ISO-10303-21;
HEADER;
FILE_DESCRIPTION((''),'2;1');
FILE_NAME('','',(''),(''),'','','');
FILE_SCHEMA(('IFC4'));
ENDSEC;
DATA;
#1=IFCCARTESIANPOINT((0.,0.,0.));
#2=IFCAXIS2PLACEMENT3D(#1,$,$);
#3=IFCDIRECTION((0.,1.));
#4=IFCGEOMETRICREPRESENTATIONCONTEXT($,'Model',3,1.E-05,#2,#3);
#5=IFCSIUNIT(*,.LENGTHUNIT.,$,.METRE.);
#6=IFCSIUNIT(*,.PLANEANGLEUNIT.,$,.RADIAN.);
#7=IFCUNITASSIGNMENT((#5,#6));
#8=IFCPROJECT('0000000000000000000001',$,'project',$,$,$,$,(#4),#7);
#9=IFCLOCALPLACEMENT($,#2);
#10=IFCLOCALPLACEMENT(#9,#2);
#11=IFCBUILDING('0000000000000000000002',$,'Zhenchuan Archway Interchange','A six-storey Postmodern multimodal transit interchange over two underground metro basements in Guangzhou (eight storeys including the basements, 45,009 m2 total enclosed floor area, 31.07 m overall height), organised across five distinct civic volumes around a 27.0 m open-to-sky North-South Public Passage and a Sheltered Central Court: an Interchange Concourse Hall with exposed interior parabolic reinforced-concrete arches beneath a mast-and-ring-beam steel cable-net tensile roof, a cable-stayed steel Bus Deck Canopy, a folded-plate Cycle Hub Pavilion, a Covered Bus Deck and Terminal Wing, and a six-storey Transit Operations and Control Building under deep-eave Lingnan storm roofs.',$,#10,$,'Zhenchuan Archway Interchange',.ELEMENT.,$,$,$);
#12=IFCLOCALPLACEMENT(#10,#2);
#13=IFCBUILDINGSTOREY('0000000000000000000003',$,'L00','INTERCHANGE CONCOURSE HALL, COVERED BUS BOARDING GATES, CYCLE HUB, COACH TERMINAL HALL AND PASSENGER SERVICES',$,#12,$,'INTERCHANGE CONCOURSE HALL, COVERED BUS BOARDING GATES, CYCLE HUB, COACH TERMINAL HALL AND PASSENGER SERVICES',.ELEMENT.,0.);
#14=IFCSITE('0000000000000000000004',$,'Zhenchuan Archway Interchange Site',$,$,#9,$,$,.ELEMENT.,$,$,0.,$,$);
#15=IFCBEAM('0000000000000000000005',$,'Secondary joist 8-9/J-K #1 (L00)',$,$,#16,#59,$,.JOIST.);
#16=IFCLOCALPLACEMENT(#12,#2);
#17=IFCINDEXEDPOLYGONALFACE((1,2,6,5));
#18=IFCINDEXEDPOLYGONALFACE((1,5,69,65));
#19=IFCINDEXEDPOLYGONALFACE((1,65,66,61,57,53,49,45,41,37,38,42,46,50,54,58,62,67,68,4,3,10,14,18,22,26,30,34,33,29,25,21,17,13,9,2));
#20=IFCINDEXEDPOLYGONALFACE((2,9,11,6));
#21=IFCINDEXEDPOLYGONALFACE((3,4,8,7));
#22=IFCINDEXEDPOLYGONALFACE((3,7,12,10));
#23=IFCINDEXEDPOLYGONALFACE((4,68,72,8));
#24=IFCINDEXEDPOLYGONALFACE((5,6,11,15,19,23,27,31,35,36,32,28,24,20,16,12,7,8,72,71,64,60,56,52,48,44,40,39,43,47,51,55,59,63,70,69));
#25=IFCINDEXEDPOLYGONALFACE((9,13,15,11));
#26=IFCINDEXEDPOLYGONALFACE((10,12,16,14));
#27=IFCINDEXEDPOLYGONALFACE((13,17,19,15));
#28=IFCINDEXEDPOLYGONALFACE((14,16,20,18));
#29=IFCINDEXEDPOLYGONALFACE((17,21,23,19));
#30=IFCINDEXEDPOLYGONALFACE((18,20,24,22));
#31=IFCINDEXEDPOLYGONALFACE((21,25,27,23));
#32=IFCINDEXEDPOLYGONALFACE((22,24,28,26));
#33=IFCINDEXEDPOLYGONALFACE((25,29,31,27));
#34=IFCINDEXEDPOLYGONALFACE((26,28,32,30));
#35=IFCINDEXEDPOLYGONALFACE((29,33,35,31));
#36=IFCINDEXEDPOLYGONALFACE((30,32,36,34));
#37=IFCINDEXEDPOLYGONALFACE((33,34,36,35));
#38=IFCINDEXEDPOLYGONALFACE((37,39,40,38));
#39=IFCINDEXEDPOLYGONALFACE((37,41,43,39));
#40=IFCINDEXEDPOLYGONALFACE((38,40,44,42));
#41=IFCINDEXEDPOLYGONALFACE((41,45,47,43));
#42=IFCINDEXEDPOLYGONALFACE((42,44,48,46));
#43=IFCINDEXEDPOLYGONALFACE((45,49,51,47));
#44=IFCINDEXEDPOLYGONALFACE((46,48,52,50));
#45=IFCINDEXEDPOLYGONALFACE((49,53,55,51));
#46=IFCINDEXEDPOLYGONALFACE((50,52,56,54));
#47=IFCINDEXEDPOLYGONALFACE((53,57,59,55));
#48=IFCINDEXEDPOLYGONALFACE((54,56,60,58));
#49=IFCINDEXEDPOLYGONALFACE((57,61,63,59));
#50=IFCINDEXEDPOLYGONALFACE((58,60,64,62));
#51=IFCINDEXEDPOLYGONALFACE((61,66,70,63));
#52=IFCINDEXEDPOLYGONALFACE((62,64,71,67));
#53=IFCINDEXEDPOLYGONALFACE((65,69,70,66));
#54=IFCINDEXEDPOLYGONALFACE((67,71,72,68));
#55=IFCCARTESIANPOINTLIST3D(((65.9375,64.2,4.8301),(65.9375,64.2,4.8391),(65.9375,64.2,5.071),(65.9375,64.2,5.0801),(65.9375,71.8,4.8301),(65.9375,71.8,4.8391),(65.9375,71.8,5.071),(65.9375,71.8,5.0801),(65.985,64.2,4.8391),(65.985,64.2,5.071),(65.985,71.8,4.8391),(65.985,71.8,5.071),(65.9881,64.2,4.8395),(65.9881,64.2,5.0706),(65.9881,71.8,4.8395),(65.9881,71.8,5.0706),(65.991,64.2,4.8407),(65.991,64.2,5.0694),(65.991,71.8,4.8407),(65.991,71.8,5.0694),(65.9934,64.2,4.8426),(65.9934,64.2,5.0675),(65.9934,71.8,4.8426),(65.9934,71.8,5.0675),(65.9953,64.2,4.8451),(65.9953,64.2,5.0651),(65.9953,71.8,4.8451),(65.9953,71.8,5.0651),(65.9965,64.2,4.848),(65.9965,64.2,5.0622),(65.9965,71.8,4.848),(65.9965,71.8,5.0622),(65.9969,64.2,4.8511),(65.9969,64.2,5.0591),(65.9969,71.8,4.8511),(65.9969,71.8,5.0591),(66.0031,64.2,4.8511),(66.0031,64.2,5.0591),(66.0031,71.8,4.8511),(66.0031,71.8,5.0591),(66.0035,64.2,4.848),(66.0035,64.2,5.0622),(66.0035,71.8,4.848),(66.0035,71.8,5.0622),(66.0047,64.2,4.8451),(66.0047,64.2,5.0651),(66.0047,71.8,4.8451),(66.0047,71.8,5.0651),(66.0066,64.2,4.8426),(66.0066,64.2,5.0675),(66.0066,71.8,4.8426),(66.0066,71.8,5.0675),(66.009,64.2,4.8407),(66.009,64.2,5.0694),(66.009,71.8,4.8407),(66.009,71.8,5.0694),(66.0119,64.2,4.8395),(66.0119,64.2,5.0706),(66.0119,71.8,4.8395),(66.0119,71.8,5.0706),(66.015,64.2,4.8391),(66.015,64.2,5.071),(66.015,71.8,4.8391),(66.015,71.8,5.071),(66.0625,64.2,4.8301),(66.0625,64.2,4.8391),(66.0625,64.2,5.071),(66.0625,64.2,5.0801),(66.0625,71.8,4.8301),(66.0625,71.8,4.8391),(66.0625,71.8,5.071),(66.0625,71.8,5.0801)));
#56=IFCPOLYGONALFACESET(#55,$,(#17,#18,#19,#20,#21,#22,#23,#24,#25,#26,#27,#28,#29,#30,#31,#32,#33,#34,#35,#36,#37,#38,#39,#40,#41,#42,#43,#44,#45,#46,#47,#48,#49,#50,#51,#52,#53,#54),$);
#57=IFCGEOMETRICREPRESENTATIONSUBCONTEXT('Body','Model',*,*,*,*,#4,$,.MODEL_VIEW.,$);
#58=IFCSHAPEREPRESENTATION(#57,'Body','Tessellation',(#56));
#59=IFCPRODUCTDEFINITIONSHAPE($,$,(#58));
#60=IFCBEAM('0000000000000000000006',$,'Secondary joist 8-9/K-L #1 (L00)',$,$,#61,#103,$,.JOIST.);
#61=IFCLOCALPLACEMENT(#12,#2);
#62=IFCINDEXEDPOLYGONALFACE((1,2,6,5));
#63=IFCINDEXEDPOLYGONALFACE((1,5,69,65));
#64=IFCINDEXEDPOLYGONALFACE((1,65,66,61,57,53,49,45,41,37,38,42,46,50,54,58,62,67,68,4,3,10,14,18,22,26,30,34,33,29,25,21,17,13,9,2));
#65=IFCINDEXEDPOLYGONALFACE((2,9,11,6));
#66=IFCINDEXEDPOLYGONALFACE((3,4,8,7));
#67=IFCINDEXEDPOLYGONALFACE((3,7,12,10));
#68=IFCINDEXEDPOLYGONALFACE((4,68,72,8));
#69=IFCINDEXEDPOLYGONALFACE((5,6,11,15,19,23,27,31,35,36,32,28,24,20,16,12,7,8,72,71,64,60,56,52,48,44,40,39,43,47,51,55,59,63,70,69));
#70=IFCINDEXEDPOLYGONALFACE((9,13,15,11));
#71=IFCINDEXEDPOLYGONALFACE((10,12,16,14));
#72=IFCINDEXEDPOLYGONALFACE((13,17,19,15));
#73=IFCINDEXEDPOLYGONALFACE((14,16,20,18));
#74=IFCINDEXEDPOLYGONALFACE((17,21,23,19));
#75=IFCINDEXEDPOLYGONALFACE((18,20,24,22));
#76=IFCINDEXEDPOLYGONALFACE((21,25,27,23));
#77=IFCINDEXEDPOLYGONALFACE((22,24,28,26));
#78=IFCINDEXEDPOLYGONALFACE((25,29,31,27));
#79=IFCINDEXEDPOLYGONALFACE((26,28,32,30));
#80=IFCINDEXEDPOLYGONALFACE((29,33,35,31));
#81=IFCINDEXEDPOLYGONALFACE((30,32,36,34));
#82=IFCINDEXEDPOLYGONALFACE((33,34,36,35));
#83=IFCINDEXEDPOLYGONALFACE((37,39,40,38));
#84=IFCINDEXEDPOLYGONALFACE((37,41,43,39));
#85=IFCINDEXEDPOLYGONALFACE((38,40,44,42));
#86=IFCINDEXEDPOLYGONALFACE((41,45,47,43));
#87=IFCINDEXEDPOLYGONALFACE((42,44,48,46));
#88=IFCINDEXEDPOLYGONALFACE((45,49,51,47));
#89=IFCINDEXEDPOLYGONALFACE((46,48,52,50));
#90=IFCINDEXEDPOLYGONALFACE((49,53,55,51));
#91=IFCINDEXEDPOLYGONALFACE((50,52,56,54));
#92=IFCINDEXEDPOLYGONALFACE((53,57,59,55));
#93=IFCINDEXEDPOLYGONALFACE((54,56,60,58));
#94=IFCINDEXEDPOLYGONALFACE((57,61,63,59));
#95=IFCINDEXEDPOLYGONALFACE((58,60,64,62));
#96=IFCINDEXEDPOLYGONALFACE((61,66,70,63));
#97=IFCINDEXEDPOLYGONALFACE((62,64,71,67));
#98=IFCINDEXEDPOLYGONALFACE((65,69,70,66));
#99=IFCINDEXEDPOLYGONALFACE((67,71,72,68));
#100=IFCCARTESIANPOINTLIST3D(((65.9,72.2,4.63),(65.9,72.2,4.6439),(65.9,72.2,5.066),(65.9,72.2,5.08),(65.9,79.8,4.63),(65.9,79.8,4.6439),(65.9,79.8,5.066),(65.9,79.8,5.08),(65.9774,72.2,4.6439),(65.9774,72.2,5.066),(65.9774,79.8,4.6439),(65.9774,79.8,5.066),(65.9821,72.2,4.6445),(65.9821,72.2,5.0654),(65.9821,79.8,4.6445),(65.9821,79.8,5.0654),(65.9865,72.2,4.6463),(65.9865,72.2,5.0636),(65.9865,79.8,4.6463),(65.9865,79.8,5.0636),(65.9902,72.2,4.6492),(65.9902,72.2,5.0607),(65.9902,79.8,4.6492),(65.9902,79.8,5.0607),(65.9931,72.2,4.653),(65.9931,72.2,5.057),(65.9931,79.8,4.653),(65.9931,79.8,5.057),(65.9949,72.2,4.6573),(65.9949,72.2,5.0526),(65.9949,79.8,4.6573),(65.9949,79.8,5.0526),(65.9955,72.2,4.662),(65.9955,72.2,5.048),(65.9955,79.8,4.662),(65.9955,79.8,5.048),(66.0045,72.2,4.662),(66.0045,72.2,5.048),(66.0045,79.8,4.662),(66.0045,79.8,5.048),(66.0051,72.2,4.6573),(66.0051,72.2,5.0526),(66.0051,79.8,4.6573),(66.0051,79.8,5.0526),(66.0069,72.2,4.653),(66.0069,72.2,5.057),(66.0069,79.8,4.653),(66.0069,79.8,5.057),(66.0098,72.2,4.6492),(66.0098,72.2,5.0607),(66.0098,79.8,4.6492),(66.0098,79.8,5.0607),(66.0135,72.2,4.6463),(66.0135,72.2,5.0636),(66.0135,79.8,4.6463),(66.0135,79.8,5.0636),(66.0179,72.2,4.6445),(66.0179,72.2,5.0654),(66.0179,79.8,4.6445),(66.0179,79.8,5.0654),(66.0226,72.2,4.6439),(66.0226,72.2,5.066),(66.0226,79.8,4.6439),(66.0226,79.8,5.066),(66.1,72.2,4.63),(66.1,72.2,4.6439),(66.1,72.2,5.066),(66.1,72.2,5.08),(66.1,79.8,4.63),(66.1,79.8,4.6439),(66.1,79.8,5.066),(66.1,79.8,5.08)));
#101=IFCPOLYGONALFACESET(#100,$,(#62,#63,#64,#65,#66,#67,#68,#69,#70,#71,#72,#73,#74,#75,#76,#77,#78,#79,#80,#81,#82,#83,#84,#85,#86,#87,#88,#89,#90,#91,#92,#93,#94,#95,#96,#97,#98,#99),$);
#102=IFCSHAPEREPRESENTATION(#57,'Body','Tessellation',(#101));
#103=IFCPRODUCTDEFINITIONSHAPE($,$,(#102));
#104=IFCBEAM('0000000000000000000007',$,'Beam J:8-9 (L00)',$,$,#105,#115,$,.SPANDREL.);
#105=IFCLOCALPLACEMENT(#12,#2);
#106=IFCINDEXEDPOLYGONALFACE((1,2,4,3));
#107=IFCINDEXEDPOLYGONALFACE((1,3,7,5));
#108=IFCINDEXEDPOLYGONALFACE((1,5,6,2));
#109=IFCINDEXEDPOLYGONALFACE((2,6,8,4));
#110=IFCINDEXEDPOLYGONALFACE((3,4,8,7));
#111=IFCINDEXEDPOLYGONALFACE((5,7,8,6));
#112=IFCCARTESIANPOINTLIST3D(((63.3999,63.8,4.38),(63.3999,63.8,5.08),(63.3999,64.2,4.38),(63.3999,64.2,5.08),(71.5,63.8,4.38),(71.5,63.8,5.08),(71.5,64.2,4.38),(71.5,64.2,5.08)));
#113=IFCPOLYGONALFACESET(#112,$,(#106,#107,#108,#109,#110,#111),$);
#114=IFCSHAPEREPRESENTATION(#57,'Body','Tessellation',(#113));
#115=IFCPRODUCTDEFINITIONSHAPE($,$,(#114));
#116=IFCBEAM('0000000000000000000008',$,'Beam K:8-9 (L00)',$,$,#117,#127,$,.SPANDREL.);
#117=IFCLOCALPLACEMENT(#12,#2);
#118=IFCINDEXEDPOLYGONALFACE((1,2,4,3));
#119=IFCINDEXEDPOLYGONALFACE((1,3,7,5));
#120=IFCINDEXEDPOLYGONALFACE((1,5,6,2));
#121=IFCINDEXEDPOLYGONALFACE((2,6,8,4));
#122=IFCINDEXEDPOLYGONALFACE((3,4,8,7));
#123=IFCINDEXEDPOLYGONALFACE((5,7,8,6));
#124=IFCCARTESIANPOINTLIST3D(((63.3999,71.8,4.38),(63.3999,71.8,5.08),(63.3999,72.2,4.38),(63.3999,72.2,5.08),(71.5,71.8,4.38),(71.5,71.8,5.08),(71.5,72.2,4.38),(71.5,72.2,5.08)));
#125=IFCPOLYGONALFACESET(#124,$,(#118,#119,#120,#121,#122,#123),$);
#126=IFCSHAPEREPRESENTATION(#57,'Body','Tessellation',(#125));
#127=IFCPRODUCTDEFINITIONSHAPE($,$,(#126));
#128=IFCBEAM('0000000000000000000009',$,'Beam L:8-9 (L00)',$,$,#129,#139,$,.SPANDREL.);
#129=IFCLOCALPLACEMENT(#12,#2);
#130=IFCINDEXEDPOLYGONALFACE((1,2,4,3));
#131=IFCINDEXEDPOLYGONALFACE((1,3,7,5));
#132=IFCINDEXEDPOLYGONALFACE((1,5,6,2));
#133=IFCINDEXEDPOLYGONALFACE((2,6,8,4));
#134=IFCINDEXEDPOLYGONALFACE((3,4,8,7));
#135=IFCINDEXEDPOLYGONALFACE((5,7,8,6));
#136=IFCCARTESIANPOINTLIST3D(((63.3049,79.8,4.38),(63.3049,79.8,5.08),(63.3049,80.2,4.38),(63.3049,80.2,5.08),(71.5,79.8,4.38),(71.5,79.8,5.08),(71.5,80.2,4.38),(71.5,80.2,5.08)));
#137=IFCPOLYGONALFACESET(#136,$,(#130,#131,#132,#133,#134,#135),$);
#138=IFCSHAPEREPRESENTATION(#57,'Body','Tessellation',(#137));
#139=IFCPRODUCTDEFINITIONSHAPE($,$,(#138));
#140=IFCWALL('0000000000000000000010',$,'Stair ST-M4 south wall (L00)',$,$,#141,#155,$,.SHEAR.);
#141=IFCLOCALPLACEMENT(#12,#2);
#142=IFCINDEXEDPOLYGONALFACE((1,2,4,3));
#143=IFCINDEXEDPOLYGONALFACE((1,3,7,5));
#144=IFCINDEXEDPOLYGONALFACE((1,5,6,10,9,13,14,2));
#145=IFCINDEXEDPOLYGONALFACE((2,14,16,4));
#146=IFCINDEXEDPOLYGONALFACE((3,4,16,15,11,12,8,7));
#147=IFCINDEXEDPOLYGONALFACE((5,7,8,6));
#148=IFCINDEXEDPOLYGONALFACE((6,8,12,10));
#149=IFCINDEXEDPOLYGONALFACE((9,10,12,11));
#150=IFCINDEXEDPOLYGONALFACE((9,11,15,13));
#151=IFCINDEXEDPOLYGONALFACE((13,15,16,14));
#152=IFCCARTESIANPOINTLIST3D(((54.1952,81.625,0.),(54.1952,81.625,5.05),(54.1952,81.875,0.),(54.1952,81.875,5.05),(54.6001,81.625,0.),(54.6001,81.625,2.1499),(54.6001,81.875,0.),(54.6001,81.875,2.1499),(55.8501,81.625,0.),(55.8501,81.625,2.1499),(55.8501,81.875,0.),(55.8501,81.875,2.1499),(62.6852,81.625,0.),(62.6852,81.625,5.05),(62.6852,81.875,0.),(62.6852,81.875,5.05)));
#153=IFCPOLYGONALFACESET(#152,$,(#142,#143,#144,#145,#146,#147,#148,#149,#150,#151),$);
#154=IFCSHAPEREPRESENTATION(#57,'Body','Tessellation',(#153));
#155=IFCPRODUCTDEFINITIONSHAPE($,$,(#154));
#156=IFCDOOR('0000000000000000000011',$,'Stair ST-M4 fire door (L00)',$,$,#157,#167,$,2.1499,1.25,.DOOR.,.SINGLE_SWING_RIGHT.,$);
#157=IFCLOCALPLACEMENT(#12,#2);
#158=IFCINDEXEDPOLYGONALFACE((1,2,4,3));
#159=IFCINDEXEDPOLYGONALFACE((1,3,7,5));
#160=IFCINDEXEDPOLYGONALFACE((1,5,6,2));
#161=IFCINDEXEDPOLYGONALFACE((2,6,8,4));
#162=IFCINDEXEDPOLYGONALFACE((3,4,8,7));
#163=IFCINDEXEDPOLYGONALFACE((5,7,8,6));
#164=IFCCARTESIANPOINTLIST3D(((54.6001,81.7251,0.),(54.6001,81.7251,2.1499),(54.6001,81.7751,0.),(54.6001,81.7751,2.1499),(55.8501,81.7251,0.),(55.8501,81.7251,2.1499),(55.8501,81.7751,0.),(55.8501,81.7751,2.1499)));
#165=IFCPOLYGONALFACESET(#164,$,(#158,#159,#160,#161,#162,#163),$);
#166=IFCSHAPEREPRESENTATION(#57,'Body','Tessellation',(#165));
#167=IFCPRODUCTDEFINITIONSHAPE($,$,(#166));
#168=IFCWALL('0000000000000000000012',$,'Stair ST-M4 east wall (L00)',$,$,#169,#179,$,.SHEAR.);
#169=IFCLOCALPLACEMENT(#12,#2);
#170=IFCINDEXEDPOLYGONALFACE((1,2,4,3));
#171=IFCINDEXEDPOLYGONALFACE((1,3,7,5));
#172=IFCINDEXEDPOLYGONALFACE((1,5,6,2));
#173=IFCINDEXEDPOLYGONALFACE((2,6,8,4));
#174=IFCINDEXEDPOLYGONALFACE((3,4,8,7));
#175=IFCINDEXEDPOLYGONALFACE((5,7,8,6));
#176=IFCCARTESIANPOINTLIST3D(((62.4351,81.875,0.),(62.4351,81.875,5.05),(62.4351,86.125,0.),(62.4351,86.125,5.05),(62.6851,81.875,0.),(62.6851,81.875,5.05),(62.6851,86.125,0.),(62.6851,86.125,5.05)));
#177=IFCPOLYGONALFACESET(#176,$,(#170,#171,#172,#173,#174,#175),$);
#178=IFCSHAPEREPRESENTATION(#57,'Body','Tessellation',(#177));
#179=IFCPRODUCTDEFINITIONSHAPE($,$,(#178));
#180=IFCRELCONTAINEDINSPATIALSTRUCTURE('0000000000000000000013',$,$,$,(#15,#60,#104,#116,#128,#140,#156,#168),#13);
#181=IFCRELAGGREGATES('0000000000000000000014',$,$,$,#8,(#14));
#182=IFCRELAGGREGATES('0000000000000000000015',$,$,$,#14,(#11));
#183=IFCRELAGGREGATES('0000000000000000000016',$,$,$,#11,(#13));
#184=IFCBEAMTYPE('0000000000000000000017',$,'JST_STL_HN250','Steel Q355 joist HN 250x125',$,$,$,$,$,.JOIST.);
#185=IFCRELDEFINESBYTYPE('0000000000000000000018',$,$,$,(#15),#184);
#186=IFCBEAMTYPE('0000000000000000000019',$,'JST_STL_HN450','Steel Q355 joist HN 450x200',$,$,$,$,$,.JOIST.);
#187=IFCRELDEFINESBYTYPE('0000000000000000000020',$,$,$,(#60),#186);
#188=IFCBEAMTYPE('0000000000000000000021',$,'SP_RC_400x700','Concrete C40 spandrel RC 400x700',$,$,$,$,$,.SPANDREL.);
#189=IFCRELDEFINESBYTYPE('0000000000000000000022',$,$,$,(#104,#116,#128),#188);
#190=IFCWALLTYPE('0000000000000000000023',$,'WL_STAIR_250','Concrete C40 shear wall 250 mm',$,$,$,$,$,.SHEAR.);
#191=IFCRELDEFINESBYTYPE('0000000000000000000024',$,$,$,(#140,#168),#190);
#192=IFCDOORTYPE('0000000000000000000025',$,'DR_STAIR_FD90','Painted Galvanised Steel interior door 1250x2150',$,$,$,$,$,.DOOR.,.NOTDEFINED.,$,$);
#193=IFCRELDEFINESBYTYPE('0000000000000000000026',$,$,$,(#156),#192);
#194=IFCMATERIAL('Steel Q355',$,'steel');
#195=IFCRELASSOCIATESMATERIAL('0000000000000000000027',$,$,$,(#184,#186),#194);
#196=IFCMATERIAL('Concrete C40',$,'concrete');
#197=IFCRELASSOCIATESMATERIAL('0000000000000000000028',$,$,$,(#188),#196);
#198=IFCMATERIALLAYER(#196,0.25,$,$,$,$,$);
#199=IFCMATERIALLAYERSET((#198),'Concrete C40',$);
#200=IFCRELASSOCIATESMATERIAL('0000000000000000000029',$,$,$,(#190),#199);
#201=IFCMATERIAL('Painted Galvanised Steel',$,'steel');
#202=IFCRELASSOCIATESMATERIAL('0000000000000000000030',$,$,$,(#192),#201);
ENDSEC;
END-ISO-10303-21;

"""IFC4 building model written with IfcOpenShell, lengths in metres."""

from ifc_helpers import new_model, si_unit, direction, frame, frame_2d, origin, origin_2d, place, context, subcontext, project, spatial, rectangle, i_section, extrude, material, layer, layer_set, material_profile, profile_set, type_object, element, fill, save


model = new_model("IFC4")

# Units and contexts
model_context = context("Model", 3, precision=1e-05, world=origin(), true_north=direction((0.0, 1.0)))
body_context = subcontext(model_context, "Body", "Model", "MODEL_VIEW")
ifc_project = project(units=[si_unit("LENGTHUNIT", "METRE"), si_unit("PLANEANGLEUNIT", "RADIAN")], contexts=[model_context])

# Site, building, storey
site_placement = place(None, origin())
site = spatial("IfcSite", under=ifc_project, at=site_placement, Name="Zhenchuan Archway Interchange Site", CompositionType="ELEMENT", RefElevation=0.0)
building_placement = place(site_placement, origin())
building = spatial("IfcBuilding", under=site, at=building_placement, Name="Zhenchuan Archway Interchange", Description="A six-storey Postmodern multimodal transit interchange over two underground metro basements in Guangzhou (eight storeys including the basements, 45,009 m2 total enclosed floor area, 31.07 m overall height), organised across five distinct civic volumes around a 27.0 m open-to-sky North-South Public Passage and a Sheltered Central Court: an Interchange Concourse Hall with exposed interior parabolic reinforced-concrete arches beneath a mast-and-ring-beam steel cable-net tensile roof, a cable-stayed steel Bus Deck Canopy, a folded-plate Cycle Hub Pavilion, a Covered Bus Deck and Terminal Wing, and a six-storey Transit Operations and Control Building under deep-eave Lingnan storm roofs.", LongName="Zhenchuan Archway Interchange", CompositionType="ELEMENT")
storey_placement = place(building_placement, origin())
storey = spatial("IfcBuildingStorey", under=building, at=storey_placement, Name="L00", Description="INTERCHANGE CONCOURSE HALL, COVERED BUS BOARDING GATES, CYCLE HUB, COACH TERMINAL HALL AND PASSENGER SERVICES", LongName="INTERCHANGE CONCOURSE HALL, COVERED BUS BOARDING GATES, CYCLE HUB, COACH TERMINAL HALL AND PASSENGER SERVICES", CompositionType="ELEMENT", Elevation=0.0)

# Beams
ifc_material_1 = material(Name="Concrete C40", Category="concrete")
ifc_material_2 = material(Name="Steel Q355", Category="steel")
ifc_material_profile_1 = material_profile(ifc_material_2, i_section(OverallWidth=0.125, OverallDepth=0.25, WebThickness=0.0061, FlangeThickness=0.009, FilletRadius=0.012, at=origin_2d()), Name="HN 250x125")
ifc_profile_set_1 = profile_set([ifc_material_profile_1], Name="Steel Q355")
beam_type_1 = type_object("IfcBeamType", Name="JST_STL_HN250", Description="Steel Q355 joist HN 250x125", PredefinedType="JOIST", material=ifc_profile_set_1)
beam_1_placement = place(storey_placement, frame((66.0, 64.2, 4.9551), z_axis=(0.0, 1.0, 0.0), x_axis=(-1.0, 0.0, 0.0)))
element("IfcBeam", 1, at=beam_1_placement, inside=storey, type_object=beam_type_1, Name="Secondary joist 8-9/J-K #1 (L00)", PredefinedType="JOIST", context=body_context, shape_type="SweptSolid", body=[
    extrude(i_section(OverallWidth=0.125, OverallDepth=0.25, WebThickness=0.0061, FlangeThickness=0.009, FilletRadius=0.012, at=origin_2d()), origin(), (0.0, 0.0, 1.0), 7.6001),
])
ifc_material_profile_2 = material_profile(ifc_material_2, i_section(OverallWidth=0.2, OverallDepth=0.45, WebThickness=0.009, FlangeThickness=0.0139, FilletRadius=0.0181, at=origin_2d()), Name="HN 450x200")
ifc_profile_set_2 = profile_set([ifc_material_profile_2], Name="Steel Q355")
beam_type_2 = type_object("IfcBeamType", Name="JST_STL_HN450", Description="Steel Q355 joist HN 450x200", PredefinedType="JOIST", material=ifc_profile_set_2)
beam_2_placement = place(storey_placement, frame((66.0, 72.2, 4.855), z_axis=(0.0, 1.0, 0.0), x_axis=(-1.0, 0.0, 0.0)))
element("IfcBeam", 2, at=beam_2_placement, inside=storey, type_object=beam_type_2, Name="Secondary joist 8-9/K-L #1 (L00)", PredefinedType="JOIST", context=body_context, shape_type="SweptSolid", body=[
    extrude(i_section(OverallWidth=0.2, OverallDepth=0.45, WebThickness=0.009, FlangeThickness=0.0139, FilletRadius=0.0181, at=origin_2d()), origin(), (0.0, 0.0, 1.0), 7.6001),
])
ifc_material_profile_3 = material_profile(ifc_material_1, rectangle(XDim=0.3999, YDim=0.7, at=origin_2d()), Name="RC 400x700")
ifc_profile_set_3 = profile_set([ifc_material_profile_3], Name="Concrete C40")
beam_type_3 = type_object("IfcBeamType", Name="SP_RC_400x700", Description="Concrete C40 spandrel RC 400x700", PredefinedType="SPANDREL", material=ifc_profile_set_3)
for number, where, z_axis, x_axis, name in (
    (3, (63.3999, 64.0, 4.73), (1.0, 0.0, 0.0), (0.0, 1.0, 0.0), "Beam J:8-9 (L00)"),
    (4, (63.3999, 72.0, 4.73), (1.0, 0.0, 0.0), (0.0, 1.0, 0.0), "Beam K:8-9 (L00)"),
):
    element("IfcBeam", number, at=place(storey_placement, frame(where, z_axis=z_axis, x_axis=x_axis)), inside=storey, type_object=beam_type_3, Name=name, PredefinedType="SPANDREL", context=body_context, shape_type="SweptSolid", body=[
        extrude(rectangle(XDim=0.3999, YDim=0.7, at=origin_2d()), origin(), (0.0, 0.0, 1.0), 8.1001),
    ])
beam_3_placement = place(storey_placement, frame((63.3049, 80.0, 4.73), z_axis=(1.0, 0.0, 0.0), x_axis=(0.0, 1.0, 0.0)))
element("IfcBeam", 5, at=beam_3_placement, inside=storey, type_object=beam_type_3, Name="Beam L:8-9 (L00)", PredefinedType="SPANDREL", context=body_context, shape_type="SweptSolid", body=[
    extrude(rectangle(XDim=0.3999, YDim=0.7, at=origin_2d()), origin(), (0.0, 0.0, 1.0), 8.1951),
])

# Wall, opening, door
ifc_layer = layer(ifc_material_1, 0.25)
ifc_layer_set = layer_set([ifc_layer], Name="Concrete C40")
wall_type = type_object("IfcWallType", Name="WL_STAIR_250", Description="Concrete C40 shear wall 250 mm", PredefinedType="SHEAR", material=ifc_layer_set)
wall_1_placement = place(storey_placement, frame((54.1951, 81.75, 0.0), z_axis=(0.0, 0.0, 1.0), x_axis=(1.0, 0.0, 0.0)))
wall_1 = element("IfcWall", 6, at=wall_1_placement, inside=storey, type_object=wall_type, Name="Stair ST-M4 south wall (L00)", PredefinedType="SHEAR", context=body_context, shape_type="SweptSolid", body=[
    extrude(rectangle(XDim=8.49, YDim=0.25, at=frame_2d((4.2451, 0.0))), origin(), (0.0, 0.0, 1.0), 5.05),
])
opening_placement = place(wall_1_placement, frame((0.405, 0.0, 0.0)))
opening = element("IfcOpeningElement", 7, at=opening_placement, cuts=wall_1, PredefinedType="OPENING", context=body_context, shape_type="SweptSolid", body=[
    extrude(rectangle(XDim=1.25, YDim=2.1499, at=frame_2d((0.625, 1.075))), frame((0.0, 0.137, 0.0), z_axis=(0.0, -1.0, 0.0), x_axis=(1.0, 0.0, 0.0)), (0.0, 0.0, 1.0), 0.2739),
])
ifc_material_3 = material(Name="Painted Galvanised Steel", Category="steel")
door_type = type_object("IfcDoorType", Name="DR_STAIR_FD90", Description="Painted Galvanised Steel interior door 1250x2150", OperationType="NOTDEFINED", PredefinedType="DOOR", material=ifc_material_3)
door_placement = place(opening_placement, frame((1.25, 0.0, 0.0), z_axis=(0.0, 0.0, 1.0), x_axis=(-1.0, 0.0, 0.0)))
door = element("IfcDoor", 8, at=door_placement, inside=storey, type_object=door_type, Name="Stair ST-M4 fire door (L00)", OperationType="SINGLE_SWING_RIGHT", OverallHeight=2.1499, OverallWidth=1.25, PredefinedType="DOOR", context=body_context, shape_type="SweptSolid", body=[
    extrude(rectangle(XDim=1.25, YDim=2.1499, at=frame_2d((0.625, 1.075))), frame((0.0, 0.0249, 0.0), z_axis=(0.0, -1.0, 0.0), x_axis=(1.0, 0.0, 0.0)), (0.0, 0.0, 1.0), 0.05),
])
fill(opening, door)

# Wall
wall_2_placement = place(storey_placement, frame((62.5601, 81.875, 0.0), z_axis=(0.0, 0.0, 1.0), x_axis=(0.0, 1.0, 0.0)))
element("IfcWall", 9, at=wall_2_placement, inside=storey, type_object=wall_type, Name="Stair ST-M4 east wall (L00)", PredefinedType="SHEAR", context=body_context, shape_type="SweptSolid", body=[
    extrude(rectangle(XDim=4.25, YDim=0.25, at=frame_2d((2.125, 0.0))), origin(), (0.0, 0.0, 1.0), 5.05),
])

save(model, "model.ifc")
